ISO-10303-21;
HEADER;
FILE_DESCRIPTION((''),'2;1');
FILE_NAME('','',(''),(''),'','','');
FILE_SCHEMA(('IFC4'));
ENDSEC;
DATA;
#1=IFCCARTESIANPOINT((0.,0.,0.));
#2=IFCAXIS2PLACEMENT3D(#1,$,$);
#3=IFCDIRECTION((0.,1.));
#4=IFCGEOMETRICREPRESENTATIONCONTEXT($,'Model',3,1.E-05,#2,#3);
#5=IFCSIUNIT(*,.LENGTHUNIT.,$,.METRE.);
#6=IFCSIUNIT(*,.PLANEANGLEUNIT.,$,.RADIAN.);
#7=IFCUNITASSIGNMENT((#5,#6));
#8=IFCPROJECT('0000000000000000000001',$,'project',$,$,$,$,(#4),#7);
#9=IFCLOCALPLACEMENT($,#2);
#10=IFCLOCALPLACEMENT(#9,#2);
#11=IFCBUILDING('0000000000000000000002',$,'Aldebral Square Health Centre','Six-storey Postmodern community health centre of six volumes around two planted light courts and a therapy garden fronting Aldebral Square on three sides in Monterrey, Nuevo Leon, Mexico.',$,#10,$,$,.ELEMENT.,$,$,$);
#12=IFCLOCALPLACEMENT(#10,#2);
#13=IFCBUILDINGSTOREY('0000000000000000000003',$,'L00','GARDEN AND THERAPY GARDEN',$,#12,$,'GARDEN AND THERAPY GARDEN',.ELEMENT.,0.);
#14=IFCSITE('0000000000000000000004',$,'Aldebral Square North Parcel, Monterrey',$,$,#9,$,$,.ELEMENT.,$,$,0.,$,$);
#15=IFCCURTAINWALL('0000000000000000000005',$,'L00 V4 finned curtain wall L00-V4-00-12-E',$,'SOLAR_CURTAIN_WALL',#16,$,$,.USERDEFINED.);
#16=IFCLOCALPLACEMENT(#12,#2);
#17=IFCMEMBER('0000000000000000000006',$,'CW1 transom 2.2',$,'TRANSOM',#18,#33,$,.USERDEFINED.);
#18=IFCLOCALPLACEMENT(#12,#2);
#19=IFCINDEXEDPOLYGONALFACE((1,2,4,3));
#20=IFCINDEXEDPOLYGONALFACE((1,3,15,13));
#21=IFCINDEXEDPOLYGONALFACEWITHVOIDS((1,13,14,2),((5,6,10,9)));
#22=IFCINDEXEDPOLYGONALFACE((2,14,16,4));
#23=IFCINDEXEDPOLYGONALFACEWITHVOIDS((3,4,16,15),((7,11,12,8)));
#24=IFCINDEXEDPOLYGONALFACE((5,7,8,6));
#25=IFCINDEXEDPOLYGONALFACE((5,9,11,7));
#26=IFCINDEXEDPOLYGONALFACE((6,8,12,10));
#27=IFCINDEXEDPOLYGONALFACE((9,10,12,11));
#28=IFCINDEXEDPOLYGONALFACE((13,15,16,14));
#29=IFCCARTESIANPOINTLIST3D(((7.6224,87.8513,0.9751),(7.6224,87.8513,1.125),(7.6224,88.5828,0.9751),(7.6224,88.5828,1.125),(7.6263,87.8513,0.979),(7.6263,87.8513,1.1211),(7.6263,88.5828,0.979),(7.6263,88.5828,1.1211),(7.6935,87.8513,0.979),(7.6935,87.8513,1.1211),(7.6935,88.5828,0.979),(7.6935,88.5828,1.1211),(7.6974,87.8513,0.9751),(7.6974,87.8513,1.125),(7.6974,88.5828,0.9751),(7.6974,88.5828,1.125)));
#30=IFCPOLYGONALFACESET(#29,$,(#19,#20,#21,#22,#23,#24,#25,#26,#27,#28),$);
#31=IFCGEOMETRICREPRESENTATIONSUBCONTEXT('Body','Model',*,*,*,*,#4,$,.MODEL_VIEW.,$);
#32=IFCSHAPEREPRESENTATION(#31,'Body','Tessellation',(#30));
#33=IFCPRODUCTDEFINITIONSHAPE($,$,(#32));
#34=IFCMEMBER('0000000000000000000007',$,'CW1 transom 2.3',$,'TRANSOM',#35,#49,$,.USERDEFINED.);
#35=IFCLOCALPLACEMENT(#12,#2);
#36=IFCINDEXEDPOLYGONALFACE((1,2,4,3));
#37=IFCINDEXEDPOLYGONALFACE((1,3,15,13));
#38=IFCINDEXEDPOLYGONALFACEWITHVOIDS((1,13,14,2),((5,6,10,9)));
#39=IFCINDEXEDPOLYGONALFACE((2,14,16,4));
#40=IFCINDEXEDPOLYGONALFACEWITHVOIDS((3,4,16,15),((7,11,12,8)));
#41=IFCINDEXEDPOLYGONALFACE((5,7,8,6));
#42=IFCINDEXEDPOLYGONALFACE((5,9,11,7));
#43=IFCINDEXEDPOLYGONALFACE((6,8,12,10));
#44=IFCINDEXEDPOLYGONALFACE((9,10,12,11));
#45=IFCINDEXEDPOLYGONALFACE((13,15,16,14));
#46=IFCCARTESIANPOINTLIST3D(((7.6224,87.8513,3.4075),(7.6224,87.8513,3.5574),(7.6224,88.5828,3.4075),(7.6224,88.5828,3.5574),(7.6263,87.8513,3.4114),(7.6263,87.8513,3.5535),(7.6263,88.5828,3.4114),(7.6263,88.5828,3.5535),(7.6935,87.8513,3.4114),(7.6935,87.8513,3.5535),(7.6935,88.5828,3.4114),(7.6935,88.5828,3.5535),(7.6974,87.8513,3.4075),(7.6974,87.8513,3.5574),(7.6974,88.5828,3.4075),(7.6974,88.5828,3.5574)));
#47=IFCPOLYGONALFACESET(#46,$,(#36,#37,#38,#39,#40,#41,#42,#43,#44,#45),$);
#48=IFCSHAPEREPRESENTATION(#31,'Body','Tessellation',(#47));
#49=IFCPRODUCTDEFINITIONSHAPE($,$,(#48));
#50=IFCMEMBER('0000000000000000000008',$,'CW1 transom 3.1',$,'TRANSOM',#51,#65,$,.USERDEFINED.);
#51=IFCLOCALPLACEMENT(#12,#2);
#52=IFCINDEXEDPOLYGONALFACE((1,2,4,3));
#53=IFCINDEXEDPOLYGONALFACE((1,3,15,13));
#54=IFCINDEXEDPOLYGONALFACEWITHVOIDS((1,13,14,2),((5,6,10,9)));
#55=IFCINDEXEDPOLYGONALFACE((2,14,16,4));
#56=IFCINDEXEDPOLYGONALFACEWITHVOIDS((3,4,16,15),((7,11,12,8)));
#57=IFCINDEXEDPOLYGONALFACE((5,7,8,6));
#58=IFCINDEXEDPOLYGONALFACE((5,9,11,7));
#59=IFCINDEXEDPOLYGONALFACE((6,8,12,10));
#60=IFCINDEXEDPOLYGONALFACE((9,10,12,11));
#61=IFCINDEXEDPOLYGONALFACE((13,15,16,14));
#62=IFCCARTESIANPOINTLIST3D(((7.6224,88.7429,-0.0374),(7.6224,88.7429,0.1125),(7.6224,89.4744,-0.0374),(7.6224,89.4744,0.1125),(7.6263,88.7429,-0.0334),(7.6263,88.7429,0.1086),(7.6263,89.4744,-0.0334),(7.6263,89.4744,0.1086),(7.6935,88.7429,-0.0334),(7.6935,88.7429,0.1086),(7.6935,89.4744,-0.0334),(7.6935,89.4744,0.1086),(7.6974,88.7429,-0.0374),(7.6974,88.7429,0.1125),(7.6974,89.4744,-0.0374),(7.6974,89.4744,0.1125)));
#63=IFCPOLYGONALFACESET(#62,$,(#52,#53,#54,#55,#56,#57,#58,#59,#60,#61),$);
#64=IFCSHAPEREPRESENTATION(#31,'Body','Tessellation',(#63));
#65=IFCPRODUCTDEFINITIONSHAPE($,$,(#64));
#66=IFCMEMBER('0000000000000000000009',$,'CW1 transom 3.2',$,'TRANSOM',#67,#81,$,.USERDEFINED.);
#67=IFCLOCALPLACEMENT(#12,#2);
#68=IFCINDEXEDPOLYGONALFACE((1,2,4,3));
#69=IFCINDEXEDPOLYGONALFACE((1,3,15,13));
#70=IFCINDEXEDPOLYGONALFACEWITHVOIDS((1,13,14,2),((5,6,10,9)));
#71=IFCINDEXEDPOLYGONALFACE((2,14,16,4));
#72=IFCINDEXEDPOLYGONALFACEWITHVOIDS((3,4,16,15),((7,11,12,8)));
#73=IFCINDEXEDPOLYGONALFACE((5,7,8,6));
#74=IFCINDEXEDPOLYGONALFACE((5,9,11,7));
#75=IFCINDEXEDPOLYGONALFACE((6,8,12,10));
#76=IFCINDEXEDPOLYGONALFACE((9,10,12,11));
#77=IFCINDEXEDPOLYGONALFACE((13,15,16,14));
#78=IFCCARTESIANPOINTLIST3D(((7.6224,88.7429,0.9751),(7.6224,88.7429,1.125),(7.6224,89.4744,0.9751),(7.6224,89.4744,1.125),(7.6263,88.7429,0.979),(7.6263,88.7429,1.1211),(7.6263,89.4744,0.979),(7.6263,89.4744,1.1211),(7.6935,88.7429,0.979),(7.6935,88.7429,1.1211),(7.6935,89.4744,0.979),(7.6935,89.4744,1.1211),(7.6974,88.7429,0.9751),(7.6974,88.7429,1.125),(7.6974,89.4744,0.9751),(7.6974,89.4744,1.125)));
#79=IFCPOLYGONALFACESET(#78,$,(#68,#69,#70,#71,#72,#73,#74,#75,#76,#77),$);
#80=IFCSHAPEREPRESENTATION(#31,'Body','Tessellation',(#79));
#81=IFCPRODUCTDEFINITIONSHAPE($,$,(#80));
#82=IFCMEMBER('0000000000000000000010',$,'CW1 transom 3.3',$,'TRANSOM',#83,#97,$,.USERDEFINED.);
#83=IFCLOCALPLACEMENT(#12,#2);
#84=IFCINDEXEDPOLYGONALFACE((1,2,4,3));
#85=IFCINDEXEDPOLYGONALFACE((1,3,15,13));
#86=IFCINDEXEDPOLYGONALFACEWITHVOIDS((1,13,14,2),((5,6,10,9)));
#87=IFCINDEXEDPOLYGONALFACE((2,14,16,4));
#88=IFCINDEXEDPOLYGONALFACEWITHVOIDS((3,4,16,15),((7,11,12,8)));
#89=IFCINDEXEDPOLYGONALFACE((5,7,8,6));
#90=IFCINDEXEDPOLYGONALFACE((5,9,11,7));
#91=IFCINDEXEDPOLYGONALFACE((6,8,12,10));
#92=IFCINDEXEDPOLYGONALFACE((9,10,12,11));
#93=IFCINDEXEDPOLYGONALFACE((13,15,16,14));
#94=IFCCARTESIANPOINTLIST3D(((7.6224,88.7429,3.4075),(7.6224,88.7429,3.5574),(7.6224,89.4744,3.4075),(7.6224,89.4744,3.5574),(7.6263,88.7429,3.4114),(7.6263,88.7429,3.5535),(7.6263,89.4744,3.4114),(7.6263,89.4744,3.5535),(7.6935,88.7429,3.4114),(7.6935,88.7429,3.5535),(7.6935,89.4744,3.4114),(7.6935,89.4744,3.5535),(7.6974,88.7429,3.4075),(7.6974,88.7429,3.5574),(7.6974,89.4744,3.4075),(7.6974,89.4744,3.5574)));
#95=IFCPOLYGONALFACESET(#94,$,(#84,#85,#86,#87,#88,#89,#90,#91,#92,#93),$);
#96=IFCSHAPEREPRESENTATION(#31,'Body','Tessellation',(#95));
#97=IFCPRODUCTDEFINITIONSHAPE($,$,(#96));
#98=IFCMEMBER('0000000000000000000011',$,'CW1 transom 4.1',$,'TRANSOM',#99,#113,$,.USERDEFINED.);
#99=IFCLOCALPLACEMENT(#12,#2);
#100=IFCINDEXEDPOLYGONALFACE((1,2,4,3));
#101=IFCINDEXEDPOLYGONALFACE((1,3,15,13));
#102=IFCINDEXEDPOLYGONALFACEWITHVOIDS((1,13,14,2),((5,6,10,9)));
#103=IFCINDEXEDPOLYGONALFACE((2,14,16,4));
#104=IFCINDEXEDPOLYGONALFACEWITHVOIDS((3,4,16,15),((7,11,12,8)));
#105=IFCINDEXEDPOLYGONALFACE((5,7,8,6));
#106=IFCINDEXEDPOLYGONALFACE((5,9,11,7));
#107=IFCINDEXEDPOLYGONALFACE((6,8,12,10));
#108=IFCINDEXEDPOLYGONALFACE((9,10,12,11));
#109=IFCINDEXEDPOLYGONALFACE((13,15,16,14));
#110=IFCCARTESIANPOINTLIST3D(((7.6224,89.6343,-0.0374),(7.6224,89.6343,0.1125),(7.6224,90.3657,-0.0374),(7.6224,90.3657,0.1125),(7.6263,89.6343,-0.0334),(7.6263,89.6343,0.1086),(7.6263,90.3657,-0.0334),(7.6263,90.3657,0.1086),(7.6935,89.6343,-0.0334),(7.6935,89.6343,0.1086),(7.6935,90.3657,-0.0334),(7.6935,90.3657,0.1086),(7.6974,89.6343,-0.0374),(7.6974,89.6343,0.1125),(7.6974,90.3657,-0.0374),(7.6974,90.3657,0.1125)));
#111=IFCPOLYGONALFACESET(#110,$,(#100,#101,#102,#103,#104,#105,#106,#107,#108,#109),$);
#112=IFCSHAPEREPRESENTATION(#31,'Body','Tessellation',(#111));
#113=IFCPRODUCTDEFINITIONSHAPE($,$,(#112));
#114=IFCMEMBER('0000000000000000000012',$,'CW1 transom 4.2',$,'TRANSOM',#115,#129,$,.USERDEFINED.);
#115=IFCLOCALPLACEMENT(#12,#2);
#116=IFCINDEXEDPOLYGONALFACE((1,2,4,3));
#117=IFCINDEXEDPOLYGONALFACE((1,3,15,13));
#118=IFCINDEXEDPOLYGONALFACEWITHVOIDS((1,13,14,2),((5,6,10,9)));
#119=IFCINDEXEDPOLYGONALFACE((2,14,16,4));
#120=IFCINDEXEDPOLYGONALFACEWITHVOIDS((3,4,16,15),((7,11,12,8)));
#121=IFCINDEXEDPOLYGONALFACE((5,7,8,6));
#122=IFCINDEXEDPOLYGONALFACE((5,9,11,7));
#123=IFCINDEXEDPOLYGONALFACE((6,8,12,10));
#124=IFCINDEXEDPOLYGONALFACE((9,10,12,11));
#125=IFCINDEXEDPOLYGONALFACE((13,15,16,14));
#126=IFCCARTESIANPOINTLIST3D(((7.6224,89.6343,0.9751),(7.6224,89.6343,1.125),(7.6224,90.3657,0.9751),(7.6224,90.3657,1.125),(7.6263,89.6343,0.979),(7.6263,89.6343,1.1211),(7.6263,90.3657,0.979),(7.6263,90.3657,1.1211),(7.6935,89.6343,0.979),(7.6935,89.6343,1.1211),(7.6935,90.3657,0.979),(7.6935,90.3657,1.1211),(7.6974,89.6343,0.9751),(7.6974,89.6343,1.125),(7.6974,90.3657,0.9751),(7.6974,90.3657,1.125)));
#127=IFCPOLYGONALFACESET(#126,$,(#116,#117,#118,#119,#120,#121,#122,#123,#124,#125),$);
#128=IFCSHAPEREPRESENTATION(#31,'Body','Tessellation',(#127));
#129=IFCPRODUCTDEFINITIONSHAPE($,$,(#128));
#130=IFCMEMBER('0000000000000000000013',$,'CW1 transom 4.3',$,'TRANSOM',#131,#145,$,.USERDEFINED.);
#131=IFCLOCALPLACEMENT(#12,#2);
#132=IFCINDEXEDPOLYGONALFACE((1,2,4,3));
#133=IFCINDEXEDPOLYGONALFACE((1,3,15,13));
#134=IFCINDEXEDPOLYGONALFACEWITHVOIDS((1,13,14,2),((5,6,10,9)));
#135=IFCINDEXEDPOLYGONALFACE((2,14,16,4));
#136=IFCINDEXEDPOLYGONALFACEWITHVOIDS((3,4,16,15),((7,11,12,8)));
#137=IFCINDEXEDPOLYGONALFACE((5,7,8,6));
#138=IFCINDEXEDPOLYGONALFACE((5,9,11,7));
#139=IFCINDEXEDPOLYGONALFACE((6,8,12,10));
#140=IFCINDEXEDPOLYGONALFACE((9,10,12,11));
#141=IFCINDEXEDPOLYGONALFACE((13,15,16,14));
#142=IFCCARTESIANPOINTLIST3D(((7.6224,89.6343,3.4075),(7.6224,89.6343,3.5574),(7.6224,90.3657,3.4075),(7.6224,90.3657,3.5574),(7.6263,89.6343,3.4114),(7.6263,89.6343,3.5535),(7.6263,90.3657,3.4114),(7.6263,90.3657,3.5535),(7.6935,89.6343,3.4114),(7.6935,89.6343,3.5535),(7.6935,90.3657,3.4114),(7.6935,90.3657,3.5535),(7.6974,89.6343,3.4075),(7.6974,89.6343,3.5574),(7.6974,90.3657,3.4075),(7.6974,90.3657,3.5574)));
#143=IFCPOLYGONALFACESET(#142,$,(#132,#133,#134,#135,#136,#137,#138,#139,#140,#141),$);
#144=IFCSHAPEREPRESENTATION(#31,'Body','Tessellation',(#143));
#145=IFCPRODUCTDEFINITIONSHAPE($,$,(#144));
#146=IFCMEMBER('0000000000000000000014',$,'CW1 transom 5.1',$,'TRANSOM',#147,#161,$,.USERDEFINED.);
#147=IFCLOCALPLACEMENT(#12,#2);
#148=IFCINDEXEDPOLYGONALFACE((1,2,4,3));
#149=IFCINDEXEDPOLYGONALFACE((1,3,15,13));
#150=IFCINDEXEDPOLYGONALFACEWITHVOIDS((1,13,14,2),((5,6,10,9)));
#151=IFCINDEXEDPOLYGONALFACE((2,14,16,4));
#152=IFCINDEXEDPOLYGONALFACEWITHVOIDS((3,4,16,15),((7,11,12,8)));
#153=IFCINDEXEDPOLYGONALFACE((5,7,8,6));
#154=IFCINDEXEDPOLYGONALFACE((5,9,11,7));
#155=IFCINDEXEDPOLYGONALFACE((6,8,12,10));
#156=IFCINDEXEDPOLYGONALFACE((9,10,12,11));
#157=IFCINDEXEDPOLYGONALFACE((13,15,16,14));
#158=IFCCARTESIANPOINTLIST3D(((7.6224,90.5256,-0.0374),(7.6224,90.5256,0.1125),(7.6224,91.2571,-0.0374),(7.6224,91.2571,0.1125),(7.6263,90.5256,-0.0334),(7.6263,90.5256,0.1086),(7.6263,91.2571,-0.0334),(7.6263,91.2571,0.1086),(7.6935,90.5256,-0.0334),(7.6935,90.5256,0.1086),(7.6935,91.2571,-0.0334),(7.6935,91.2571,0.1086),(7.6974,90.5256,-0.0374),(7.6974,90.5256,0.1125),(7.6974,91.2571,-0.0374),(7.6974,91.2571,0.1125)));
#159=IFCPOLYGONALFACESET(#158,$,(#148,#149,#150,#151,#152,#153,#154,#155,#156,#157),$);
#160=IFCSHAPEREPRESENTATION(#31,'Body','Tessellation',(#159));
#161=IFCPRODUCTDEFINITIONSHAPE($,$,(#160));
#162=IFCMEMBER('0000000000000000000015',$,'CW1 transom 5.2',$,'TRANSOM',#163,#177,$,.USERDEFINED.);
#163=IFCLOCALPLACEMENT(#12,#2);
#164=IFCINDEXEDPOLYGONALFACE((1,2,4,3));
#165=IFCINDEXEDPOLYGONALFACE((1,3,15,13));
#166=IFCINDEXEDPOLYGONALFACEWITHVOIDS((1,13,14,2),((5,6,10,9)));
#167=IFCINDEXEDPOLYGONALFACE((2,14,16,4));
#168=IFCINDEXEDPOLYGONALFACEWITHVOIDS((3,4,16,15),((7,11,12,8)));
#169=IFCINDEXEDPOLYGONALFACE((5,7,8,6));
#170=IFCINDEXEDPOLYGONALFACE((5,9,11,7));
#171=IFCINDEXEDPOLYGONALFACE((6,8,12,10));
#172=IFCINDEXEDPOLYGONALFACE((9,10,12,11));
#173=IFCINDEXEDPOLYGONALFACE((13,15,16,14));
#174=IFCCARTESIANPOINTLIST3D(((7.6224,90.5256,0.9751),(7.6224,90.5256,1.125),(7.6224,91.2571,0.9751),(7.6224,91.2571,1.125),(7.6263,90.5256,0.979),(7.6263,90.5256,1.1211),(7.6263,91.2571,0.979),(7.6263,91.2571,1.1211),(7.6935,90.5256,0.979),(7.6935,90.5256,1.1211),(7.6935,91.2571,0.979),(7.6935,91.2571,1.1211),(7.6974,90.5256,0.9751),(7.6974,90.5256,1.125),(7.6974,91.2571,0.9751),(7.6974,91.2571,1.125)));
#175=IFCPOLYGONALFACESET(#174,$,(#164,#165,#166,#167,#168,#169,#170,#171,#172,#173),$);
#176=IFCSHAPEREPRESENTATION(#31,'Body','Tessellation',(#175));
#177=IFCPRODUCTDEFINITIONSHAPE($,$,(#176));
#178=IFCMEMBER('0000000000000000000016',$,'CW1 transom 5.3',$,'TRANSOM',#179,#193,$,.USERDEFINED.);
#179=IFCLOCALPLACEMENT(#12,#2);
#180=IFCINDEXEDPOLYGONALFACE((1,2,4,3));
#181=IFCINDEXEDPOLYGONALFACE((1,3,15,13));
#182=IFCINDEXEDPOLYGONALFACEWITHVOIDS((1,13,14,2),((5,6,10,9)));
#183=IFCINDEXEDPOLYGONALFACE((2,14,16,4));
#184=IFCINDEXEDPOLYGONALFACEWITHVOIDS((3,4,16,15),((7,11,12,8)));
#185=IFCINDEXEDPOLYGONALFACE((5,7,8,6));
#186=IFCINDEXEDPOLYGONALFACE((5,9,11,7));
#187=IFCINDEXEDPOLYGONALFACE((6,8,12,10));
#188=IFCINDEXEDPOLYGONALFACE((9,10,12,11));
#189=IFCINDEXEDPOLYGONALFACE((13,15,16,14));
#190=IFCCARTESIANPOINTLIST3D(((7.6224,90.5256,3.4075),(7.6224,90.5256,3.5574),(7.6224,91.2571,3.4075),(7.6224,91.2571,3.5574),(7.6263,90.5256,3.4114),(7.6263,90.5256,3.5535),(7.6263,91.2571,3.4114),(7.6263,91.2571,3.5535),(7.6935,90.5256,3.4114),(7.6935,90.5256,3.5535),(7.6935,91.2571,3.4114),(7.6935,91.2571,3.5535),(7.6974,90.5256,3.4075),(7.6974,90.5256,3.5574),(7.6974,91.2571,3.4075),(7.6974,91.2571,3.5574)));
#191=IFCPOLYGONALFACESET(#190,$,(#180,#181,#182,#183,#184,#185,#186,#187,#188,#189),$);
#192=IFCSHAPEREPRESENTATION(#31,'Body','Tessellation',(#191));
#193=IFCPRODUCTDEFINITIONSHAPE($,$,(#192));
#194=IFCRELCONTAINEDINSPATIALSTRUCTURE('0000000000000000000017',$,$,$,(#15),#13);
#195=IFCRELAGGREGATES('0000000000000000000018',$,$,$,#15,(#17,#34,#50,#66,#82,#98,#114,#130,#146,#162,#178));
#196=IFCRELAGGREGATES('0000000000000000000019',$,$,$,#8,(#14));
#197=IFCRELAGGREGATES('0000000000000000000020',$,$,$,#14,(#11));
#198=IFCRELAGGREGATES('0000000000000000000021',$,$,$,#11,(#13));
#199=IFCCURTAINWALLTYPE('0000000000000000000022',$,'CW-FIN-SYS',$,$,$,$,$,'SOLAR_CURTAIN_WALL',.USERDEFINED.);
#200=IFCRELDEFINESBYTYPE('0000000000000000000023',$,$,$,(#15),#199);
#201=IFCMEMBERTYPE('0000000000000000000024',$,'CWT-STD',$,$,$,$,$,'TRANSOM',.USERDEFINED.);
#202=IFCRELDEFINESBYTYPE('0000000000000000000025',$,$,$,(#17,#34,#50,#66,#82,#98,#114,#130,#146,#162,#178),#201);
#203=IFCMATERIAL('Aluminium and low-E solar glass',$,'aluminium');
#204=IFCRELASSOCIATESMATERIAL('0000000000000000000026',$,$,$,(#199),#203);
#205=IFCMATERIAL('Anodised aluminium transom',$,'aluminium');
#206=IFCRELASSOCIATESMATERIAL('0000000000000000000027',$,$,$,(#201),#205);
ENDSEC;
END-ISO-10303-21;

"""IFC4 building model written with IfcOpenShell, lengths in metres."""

from ifc_helpers import new_model, si_unit, direction, frame, origin, origin_2d, place, context, subcontext, project, spatial, hollow_rectangle, extrude, material, material_profile, profile_set, type_object, element, aggregate, save


model = new_model("IFC4")

# Units and contexts
model_context = context("Model", 3, precision=1e-05, world=origin(), true_north=direction((0.0, 1.0)))
body_context = subcontext(model_context, "Body", "Model", "MODEL_VIEW")
ifc_project = project(units=[si_unit("LENGTHUNIT", "METRE"), si_unit("PLANEANGLEUNIT", "RADIAN")], contexts=[model_context])

# Site, building, storey
site_placement = place(None, origin())
site = spatial("IfcSite", under=ifc_project, at=site_placement, Name="Aldebral Square North Parcel, Monterrey", CompositionType="ELEMENT", RefElevation=0.0)
building_placement = place(site_placement, origin())
building = spatial("IfcBuilding", under=site, at=building_placement, Name="Aldebral Square Health Centre", Description="Six-storey Postmodern community health centre of six volumes around two planted light courts and a therapy garden fronting Aldebral Square on three sides in Monterrey, Nuevo Leon, Mexico.", CompositionType="ELEMENT")
storey_placement = place(building_placement, origin())
storey = spatial("IfcBuildingStorey", under=building, at=storey_placement, Name="L00", Description="GARDEN AND THERAPY GARDEN", LongName="GARDEN AND THERAPY GARDEN", CompositionType="ELEMENT", Elevation=0.0)

# Curtain wall, members
ifc_material_1 = material(Name="Aluminium and low-E solar glass", Category="aluminium")
curtain_wall_type = type_object("IfcCurtainWallType", Name="CW-FIN-SYS", ElementType="SOLAR_CURTAIN_WALL", PredefinedType="USERDEFINED", material=ifc_material_1)
curtain_wall_placement = place(storey_placement, origin())
curtain_wall = element("IfcCurtainWall", 1, at=curtain_wall_placement, inside=storey, type_object=curtain_wall_type, Name="L00 V4 finned curtain wall L00-V4-00-12-E", ObjectType="SOLAR_CURTAIN_WALL", PredefinedType="USERDEFINED")
ifc_material_2 = material(Name="Anodised aluminium transom", Category="aluminium")
ifc_material_profile_1 = material_profile(ifc_material_2, hollow_rectangle(XDim=0.075, YDim=0.1499, WallThickness=0.0039, at=origin_2d()), Name="CWT 75x150x4")
ifc_profile_set_1 = profile_set([ifc_material_profile_1], Name="Anodised aluminium transom")
member_type_1 = type_object("IfcMemberType", Name="CWT-STD", ElementType="TRANSOM", PredefinedType="USERDEFINED", material=ifc_profile_set_1)
member_1_placement = place(storey_placement, frame((7.6599, 87.8513, 1.05), z_axis=(0.0, 1.0, 0.0), x_axis=(-1.0, 0.0, 0.0)))
member_1 = element("IfcMember", 2, at=member_1_placement, type_object=member_type_1, Name="CW1 transom 2.2", ObjectType="TRANSOM", PredefinedType="USERDEFINED", context=body_context, shape_type="SweptSolid", body=[
    extrude(hollow_rectangle(XDim=0.075, YDim=0.1499, WallThickness=0.0039, at=origin_2d()), origin(), (0.0, 0.0, 1.0), 0.7314),
])
member_2_placement = place(storey_placement, frame((7.6599, 87.8513, 3.4824), z_axis=(0.0, 1.0, 0.0), x_axis=(-1.0, 0.0, 0.0)))
member_2 = element("IfcMember", 3, at=member_2_placement, type_object=member_type_1, Name="CW1 transom 2.3", ObjectType="TRANSOM", PredefinedType="USERDEFINED", context=body_context, shape_type="SweptSolid", body=[
    extrude(hollow_rectangle(XDim=0.075, YDim=0.1499, WallThickness=0.0039, at=origin_2d()), origin(), (0.0, 0.0, 1.0), 0.7314),
])
member_3_placement = place(storey_placement, frame((7.6599, 88.7429, 0.0376), z_axis=(0.0, 1.0, 0.0), x_axis=(-1.0, 0.0, 0.0)))
member_3 = element("IfcMember", 4, at=member_3_placement, type_object=member_type_1, Name="CW1 transom 3.1", ObjectType="TRANSOM", PredefinedType="USERDEFINED", context=body_context, shape_type="SweptSolid", body=[
    extrude(hollow_rectangle(XDim=0.075, YDim=0.1499, WallThickness=0.0039, at=origin_2d()), origin(), (0.0, 0.0, 1.0), 0.7314),
])
member_4_placement = place(storey_placement, frame((7.6599, 88.7429, 1.05), z_axis=(0.0, 1.0, 0.0), x_axis=(-1.0, 0.0, 0.0)))
member_4 = element("IfcMember", 5, at=member_4_placement, type_object=member_type_1, Name="CW1 transom 3.2", ObjectType="TRANSOM", PredefinedType="USERDEFINED", context=body_context, shape_type="SweptSolid", body=[
    extrude(hollow_rectangle(XDim=0.075, YDim=0.1499, WallThickness=0.0039, at=origin_2d()), origin(), (0.0, 0.0, 1.0), 0.7314),
])
member_5_placement = place(storey_placement, frame((7.6599, 88.7429, 3.4824), z_axis=(0.0, 1.0, 0.0), x_axis=(-1.0, 0.0, 0.0)))
member_5 = element("IfcMember", 6, at=member_5_placement, type_object=member_type_1, Name="CW1 transom 3.3", ObjectType="TRANSOM", PredefinedType="USERDEFINED", context=body_context, shape_type="SweptSolid", body=[
    extrude(hollow_rectangle(XDim=0.075, YDim=0.1499, WallThickness=0.0039, at=origin_2d()), origin(), (0.0, 0.0, 1.0), 0.7314),
])
member_6_placement = place(storey_placement, frame((7.6599, 89.6343, 0.0376), z_axis=(0.0, 1.0, 0.0), x_axis=(-1.0, 0.0, 0.0)))
member_6 = element("IfcMember", 7, at=member_6_placement, type_object=member_type_1, Name="CW1 transom 4.1", ObjectType="TRANSOM", PredefinedType="USERDEFINED", context=body_context, shape_type="SweptSolid", body=[
    extrude(hollow_rectangle(XDim=0.075, YDim=0.1499, WallThickness=0.0039, at=origin_2d()), origin(), (0.0, 0.0, 1.0), 0.7314),
])
member_7_placement = place(storey_placement, frame((7.6599, 89.6343, 1.05), z_axis=(0.0, 1.0, 0.0), x_axis=(-1.0, 0.0, 0.0)))
member_7 = element("IfcMember", 8, at=member_7_placement, type_object=member_type_1, Name="CW1 transom 4.2", ObjectType="TRANSOM", PredefinedType="USERDEFINED", context=body_context, shape_type="SweptSolid", body=[
    extrude(hollow_rectangle(XDim=0.075, YDim=0.1499, WallThickness=0.0039, at=origin_2d()), origin(), (0.0, 0.0, 1.0), 0.7314),
])
member_8_placement = place(storey_placement, frame((7.6599, 89.6343, 3.4824), z_axis=(0.0, 1.0, 0.0), x_axis=(-1.0, 0.0, 0.0)))
member_8 = element("IfcMember", 9, at=member_8_placement, type_object=member_type_1, Name="CW1 transom 4.3", ObjectType="TRANSOM", PredefinedType="USERDEFINED", context=body_context, shape_type="SweptSolid", body=[
    extrude(hollow_rectangle(XDim=0.075, YDim=0.1499, WallThickness=0.0039, at=origin_2d()), origin(), (0.0, 0.0, 1.0), 0.7314),
])
member_9_placement = place(storey_placement, frame((7.6599, 90.5256, 0.0376), z_axis=(0.0, 1.0, 0.0), x_axis=(-1.0, 0.0, 0.0)))
member_9 = element("IfcMember", 10, at=member_9_placement, type_object=member_type_1, Name="CW1 transom 5.1", ObjectType="TRANSOM", PredefinedType="USERDEFINED", context=body_context, shape_type="SweptSolid", body=[
    extrude(hollow_rectangle(XDim=0.075, YDim=0.1499, WallThickness=0.0039, at=origin_2d()), origin(), (0.0, 0.0, 1.0), 0.7314),
])
member_10_placement = place(storey_placement, frame((7.6599, 90.5256, 1.05), z_axis=(0.0, 1.0, 0.0), x_axis=(-1.0, 0.0, 0.0)))
member_10 = element("IfcMember", 11, at=member_10_placement, type_object=member_type_1, Name="CW1 transom 5.2", ObjectType="TRANSOM", PredefinedType="USERDEFINED", context=body_context, shape_type="SweptSolid", body=[
    extrude(hollow_rectangle(XDim=0.075, YDim=0.1499, WallThickness=0.0039, at=origin_2d()), origin(), (0.0, 0.0, 1.0), 0.7314),
])
member_11_placement = place(storey_placement, frame((7.6599, 90.5256, 3.4824), z_axis=(0.0, 1.0, 0.0), x_axis=(-1.0, 0.0, 0.0)))
member_11 = element("IfcMember", 12, at=member_11_placement, type_object=member_type_1, Name="CW1 transom 5.3", ObjectType="TRANSOM", PredefinedType="USERDEFINED", context=body_context, shape_type="SweptSolid", body=[
    extrude(hollow_rectangle(XDim=0.075, YDim=0.1499, WallThickness=0.0039, at=origin_2d()), origin(), (0.0, 0.0, 1.0), 0.7314),
])
aggregate(curtain_wall, [member_1, member_2, member_3, member_4, member_5, member_6, member_7, member_8, member_9, member_10, member_11])

save(model, "model.ifc")
